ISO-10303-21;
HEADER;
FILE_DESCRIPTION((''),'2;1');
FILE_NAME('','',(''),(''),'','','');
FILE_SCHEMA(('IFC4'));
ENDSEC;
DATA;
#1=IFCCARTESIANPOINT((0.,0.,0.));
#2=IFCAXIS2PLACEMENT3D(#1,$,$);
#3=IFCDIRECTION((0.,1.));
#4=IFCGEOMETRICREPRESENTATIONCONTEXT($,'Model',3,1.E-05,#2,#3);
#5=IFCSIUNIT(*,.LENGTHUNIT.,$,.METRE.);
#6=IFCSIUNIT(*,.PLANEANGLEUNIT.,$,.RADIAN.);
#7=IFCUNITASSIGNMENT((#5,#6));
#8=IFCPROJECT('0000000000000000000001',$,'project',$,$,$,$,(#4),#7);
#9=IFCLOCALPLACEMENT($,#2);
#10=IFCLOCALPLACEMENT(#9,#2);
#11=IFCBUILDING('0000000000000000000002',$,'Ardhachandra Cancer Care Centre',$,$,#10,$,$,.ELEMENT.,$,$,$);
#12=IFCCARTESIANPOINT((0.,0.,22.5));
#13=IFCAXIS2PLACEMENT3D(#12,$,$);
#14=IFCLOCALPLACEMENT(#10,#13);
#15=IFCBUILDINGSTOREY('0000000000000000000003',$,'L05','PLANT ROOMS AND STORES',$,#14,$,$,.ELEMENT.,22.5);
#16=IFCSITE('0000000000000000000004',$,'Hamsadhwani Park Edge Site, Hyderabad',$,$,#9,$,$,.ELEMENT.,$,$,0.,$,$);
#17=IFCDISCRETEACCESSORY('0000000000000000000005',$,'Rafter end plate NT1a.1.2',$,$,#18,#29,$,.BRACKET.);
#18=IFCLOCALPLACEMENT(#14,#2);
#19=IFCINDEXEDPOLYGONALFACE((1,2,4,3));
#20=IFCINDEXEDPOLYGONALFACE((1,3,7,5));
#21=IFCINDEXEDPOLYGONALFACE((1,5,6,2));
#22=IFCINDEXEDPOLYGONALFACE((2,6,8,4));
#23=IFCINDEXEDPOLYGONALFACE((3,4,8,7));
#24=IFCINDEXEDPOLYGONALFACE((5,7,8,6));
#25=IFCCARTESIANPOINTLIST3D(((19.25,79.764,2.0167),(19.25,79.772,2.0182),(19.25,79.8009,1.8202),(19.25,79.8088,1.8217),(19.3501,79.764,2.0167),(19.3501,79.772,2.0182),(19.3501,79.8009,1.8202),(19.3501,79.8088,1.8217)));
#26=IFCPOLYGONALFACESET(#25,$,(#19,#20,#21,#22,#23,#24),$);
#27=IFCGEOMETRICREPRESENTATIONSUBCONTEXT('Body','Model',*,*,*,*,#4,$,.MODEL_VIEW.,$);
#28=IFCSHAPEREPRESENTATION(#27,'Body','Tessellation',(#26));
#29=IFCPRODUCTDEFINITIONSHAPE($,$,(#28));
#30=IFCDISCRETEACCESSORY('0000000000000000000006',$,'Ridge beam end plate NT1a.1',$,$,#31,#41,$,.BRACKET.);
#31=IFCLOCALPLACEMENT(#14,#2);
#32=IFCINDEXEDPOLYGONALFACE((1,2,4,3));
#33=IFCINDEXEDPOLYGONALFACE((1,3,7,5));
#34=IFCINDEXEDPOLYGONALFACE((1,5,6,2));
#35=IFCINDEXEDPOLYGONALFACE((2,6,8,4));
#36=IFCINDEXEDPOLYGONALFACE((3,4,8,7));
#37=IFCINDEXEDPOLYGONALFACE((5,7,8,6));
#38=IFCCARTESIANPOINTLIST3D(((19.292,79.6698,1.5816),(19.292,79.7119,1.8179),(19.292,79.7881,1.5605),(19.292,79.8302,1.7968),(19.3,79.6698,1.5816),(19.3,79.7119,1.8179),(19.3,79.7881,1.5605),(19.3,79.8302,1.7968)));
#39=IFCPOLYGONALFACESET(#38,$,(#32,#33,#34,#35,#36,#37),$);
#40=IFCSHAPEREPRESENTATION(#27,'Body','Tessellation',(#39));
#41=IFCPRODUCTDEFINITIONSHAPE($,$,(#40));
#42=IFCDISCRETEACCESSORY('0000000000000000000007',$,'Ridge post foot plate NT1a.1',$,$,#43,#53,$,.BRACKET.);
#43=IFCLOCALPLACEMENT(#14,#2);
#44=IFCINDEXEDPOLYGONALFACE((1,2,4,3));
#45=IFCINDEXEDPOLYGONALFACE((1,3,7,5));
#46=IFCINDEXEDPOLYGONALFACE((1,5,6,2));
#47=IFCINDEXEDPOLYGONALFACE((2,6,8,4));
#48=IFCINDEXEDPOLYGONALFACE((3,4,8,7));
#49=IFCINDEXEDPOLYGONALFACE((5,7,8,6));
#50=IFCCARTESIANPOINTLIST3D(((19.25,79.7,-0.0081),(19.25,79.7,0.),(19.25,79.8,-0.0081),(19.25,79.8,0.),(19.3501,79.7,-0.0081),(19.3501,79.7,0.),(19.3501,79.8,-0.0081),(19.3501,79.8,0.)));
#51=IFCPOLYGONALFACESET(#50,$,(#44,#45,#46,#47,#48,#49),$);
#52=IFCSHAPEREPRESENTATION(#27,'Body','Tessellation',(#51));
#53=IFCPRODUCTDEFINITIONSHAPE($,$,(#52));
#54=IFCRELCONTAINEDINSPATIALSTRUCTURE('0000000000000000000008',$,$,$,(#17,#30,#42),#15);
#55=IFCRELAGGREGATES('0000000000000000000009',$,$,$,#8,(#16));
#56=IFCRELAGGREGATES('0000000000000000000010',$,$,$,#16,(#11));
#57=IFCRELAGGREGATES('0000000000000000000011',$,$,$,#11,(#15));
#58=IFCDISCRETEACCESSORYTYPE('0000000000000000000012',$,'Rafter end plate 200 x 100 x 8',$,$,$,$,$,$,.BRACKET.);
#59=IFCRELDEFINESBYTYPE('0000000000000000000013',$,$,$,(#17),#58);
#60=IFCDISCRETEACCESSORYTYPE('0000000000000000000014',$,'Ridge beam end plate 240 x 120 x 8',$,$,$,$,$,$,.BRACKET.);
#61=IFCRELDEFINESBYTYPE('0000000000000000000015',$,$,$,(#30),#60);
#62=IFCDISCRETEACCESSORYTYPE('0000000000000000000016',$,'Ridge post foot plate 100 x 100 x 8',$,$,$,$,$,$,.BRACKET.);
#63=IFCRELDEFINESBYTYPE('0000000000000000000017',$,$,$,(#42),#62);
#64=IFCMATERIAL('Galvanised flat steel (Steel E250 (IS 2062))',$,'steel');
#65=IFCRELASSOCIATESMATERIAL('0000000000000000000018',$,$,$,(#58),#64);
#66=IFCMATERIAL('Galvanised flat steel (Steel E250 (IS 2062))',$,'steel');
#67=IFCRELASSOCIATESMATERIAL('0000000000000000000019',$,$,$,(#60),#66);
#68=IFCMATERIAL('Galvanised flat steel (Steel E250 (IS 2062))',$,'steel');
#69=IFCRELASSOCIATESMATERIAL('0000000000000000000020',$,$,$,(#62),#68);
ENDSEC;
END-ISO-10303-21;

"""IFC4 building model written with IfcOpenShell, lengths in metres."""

from ifc_helpers import new_model, si_unit, direction, frame, origin, origin_2d, place, context, subcontext, project, spatial, rectangle, extrude, material, material_profile, profile_set, type_object, element, save


model = new_model("IFC4")

# Units and contexts
model_context = context("Model", 3, precision=1e-05, world=origin(), true_north=direction((0.0, 1.0)))
body_context = subcontext(model_context, "Body", "Model", "MODEL_VIEW")
ifc_project = project(units=[si_unit("LENGTHUNIT", "METRE"), si_unit("PLANEANGLEUNIT", "RADIAN")], contexts=[model_context])

# Site, building, storey
site_placement = place(None, origin())
site = spatial("IfcSite", under=ifc_project, at=site_placement, Name="Hamsadhwani Park Edge Site, Hyderabad", CompositionType="ELEMENT", RefElevation=0.0)
building_placement = place(site_placement, origin())
building = spatial("IfcBuilding", under=site, at=building_placement, Name="Ardhachandra Cancer Care Centre", CompositionType="ELEMENT")
storey_placement = place(building_placement, frame((0.0, 0.0, 22.5)))
storey = spatial("IfcBuildingStorey", under=building, at=storey_placement, Name="L05", Description="PLANT ROOMS AND STORES", CompositionType="ELEMENT", Elevation=22.5)

# Discrete accessories
ifc_material_1 = material(Name="Galvanised flat steel (Steel E250 (IS 2062))", Category="steel")
ifc_material_profile_1 = material_profile(ifc_material_1, rectangle(XDim=0.1001, YDim=0.2, at=origin_2d()), Name="Rafter end plate 200 x 100 x 8")
ifc_profile_set_1 = profile_set([ifc_material_profile_1], Name="Galvanised flat steel (Steel E250 (IS 2062))")
discrete_accessory_type_1 = type_object("IfcDiscreteAccessoryType", Name="Rafter end plate 200 x 100 x 8", PredefinedType="BRACKET", material=ifc_profile_set_1)
discrete_accessory_1_placement = place(storey_placement, frame((19.3, 79.7825, 1.9185), z_axis=(0.0, 0.982872, 0.184289), x_axis=(-1.0, 0.0, 0.0)))
element("IfcDiscreteAccessory", 1, at=discrete_accessory_1_placement, inside=storey, type_object=discrete_accessory_type_1, Name="Rafter end plate NT1a.1.2", PredefinedType="BRACKET", context=body_context, shape_type="SweptSolid", body=[
    extrude(rectangle(XDim=0.1001, YDim=0.2, at=origin_2d()), origin(), (0.0, 0.0, 1.0), 0.0081),
])
ifc_material_2 = material(Name="Galvanised flat steel (Steel E250 (IS 2062))", Category="steel")
ifc_material_profile_2 = material_profile(ifc_material_2, rectangle(XDim=0.1201, YDim=0.24, at=origin_2d()), Name="Ridge beam end plate 240 x 120 x 8")
ifc_profile_set_2 = profile_set([ifc_material_profile_2], Name="Galvanised flat steel (Steel E250 (IS 2062))")
discrete_accessory_type_2 = type_object("IfcDiscreteAccessoryType", Name="Ridge beam end plate 240 x 120 x 8", PredefinedType="BRACKET", material=ifc_profile_set_2)
discrete_accessory_2_placement = place(storey_placement, frame((19.3, 79.75, 1.6892), z_axis=(-1.0, 0.0, 0.0), x_axis=(0.0, -0.98446, 0.175606)))
element("IfcDiscreteAccessory", 2, at=discrete_accessory_2_placement, inside=storey, type_object=discrete_accessory_type_2, Name="Ridge beam end plate NT1a.1", PredefinedType="BRACKET", context=body_context, shape_type="SweptSolid", body=[
    extrude(rectangle(XDim=0.1201, YDim=0.24, at=origin_2d()), origin(), (0.0, 0.0, 1.0), 0.0081),
])
ifc_material_3 = material(Name="Galvanised flat steel (Steel E250 (IS 2062))", Category="steel")
ifc_material_profile_3 = material_profile(ifc_material_3, rectangle(XDim=0.1001, YDim=0.1001, at=origin_2d()), Name="Ridge post foot plate 100 x 100 x 8")
ifc_profile_set_3 = profile_set([ifc_material_profile_3], Name="Galvanised flat steel (Steel E250 (IS 2062))")
discrete_accessory_type_3 = type_object("IfcDiscreteAccessoryType", Name="Ridge post foot plate 100 x 100 x 8", PredefinedType="BRACKET", material=ifc_profile_set_3)
discrete_accessory_3_placement = place(storey_placement, frame((19.3, 79.75, 0.0), z_axis=(0.0, 0.0, -1.0), x_axis=(1.0, 0.0, 0.0)))
element("IfcDiscreteAccessory", 3, at=discrete_accessory_3_placement, inside=storey, type_object=discrete_accessory_type_3, Name="Ridge post foot plate NT1a.1", PredefinedType="BRACKET", context=body_context, shape_type="SweptSolid", body=[
    extrude(rectangle(XDim=0.1001, YDim=0.1001, at=origin_2d()), origin(), (0.0, 0.0, 1.0), 0.0081),
])

save(model, "model.ifc")
